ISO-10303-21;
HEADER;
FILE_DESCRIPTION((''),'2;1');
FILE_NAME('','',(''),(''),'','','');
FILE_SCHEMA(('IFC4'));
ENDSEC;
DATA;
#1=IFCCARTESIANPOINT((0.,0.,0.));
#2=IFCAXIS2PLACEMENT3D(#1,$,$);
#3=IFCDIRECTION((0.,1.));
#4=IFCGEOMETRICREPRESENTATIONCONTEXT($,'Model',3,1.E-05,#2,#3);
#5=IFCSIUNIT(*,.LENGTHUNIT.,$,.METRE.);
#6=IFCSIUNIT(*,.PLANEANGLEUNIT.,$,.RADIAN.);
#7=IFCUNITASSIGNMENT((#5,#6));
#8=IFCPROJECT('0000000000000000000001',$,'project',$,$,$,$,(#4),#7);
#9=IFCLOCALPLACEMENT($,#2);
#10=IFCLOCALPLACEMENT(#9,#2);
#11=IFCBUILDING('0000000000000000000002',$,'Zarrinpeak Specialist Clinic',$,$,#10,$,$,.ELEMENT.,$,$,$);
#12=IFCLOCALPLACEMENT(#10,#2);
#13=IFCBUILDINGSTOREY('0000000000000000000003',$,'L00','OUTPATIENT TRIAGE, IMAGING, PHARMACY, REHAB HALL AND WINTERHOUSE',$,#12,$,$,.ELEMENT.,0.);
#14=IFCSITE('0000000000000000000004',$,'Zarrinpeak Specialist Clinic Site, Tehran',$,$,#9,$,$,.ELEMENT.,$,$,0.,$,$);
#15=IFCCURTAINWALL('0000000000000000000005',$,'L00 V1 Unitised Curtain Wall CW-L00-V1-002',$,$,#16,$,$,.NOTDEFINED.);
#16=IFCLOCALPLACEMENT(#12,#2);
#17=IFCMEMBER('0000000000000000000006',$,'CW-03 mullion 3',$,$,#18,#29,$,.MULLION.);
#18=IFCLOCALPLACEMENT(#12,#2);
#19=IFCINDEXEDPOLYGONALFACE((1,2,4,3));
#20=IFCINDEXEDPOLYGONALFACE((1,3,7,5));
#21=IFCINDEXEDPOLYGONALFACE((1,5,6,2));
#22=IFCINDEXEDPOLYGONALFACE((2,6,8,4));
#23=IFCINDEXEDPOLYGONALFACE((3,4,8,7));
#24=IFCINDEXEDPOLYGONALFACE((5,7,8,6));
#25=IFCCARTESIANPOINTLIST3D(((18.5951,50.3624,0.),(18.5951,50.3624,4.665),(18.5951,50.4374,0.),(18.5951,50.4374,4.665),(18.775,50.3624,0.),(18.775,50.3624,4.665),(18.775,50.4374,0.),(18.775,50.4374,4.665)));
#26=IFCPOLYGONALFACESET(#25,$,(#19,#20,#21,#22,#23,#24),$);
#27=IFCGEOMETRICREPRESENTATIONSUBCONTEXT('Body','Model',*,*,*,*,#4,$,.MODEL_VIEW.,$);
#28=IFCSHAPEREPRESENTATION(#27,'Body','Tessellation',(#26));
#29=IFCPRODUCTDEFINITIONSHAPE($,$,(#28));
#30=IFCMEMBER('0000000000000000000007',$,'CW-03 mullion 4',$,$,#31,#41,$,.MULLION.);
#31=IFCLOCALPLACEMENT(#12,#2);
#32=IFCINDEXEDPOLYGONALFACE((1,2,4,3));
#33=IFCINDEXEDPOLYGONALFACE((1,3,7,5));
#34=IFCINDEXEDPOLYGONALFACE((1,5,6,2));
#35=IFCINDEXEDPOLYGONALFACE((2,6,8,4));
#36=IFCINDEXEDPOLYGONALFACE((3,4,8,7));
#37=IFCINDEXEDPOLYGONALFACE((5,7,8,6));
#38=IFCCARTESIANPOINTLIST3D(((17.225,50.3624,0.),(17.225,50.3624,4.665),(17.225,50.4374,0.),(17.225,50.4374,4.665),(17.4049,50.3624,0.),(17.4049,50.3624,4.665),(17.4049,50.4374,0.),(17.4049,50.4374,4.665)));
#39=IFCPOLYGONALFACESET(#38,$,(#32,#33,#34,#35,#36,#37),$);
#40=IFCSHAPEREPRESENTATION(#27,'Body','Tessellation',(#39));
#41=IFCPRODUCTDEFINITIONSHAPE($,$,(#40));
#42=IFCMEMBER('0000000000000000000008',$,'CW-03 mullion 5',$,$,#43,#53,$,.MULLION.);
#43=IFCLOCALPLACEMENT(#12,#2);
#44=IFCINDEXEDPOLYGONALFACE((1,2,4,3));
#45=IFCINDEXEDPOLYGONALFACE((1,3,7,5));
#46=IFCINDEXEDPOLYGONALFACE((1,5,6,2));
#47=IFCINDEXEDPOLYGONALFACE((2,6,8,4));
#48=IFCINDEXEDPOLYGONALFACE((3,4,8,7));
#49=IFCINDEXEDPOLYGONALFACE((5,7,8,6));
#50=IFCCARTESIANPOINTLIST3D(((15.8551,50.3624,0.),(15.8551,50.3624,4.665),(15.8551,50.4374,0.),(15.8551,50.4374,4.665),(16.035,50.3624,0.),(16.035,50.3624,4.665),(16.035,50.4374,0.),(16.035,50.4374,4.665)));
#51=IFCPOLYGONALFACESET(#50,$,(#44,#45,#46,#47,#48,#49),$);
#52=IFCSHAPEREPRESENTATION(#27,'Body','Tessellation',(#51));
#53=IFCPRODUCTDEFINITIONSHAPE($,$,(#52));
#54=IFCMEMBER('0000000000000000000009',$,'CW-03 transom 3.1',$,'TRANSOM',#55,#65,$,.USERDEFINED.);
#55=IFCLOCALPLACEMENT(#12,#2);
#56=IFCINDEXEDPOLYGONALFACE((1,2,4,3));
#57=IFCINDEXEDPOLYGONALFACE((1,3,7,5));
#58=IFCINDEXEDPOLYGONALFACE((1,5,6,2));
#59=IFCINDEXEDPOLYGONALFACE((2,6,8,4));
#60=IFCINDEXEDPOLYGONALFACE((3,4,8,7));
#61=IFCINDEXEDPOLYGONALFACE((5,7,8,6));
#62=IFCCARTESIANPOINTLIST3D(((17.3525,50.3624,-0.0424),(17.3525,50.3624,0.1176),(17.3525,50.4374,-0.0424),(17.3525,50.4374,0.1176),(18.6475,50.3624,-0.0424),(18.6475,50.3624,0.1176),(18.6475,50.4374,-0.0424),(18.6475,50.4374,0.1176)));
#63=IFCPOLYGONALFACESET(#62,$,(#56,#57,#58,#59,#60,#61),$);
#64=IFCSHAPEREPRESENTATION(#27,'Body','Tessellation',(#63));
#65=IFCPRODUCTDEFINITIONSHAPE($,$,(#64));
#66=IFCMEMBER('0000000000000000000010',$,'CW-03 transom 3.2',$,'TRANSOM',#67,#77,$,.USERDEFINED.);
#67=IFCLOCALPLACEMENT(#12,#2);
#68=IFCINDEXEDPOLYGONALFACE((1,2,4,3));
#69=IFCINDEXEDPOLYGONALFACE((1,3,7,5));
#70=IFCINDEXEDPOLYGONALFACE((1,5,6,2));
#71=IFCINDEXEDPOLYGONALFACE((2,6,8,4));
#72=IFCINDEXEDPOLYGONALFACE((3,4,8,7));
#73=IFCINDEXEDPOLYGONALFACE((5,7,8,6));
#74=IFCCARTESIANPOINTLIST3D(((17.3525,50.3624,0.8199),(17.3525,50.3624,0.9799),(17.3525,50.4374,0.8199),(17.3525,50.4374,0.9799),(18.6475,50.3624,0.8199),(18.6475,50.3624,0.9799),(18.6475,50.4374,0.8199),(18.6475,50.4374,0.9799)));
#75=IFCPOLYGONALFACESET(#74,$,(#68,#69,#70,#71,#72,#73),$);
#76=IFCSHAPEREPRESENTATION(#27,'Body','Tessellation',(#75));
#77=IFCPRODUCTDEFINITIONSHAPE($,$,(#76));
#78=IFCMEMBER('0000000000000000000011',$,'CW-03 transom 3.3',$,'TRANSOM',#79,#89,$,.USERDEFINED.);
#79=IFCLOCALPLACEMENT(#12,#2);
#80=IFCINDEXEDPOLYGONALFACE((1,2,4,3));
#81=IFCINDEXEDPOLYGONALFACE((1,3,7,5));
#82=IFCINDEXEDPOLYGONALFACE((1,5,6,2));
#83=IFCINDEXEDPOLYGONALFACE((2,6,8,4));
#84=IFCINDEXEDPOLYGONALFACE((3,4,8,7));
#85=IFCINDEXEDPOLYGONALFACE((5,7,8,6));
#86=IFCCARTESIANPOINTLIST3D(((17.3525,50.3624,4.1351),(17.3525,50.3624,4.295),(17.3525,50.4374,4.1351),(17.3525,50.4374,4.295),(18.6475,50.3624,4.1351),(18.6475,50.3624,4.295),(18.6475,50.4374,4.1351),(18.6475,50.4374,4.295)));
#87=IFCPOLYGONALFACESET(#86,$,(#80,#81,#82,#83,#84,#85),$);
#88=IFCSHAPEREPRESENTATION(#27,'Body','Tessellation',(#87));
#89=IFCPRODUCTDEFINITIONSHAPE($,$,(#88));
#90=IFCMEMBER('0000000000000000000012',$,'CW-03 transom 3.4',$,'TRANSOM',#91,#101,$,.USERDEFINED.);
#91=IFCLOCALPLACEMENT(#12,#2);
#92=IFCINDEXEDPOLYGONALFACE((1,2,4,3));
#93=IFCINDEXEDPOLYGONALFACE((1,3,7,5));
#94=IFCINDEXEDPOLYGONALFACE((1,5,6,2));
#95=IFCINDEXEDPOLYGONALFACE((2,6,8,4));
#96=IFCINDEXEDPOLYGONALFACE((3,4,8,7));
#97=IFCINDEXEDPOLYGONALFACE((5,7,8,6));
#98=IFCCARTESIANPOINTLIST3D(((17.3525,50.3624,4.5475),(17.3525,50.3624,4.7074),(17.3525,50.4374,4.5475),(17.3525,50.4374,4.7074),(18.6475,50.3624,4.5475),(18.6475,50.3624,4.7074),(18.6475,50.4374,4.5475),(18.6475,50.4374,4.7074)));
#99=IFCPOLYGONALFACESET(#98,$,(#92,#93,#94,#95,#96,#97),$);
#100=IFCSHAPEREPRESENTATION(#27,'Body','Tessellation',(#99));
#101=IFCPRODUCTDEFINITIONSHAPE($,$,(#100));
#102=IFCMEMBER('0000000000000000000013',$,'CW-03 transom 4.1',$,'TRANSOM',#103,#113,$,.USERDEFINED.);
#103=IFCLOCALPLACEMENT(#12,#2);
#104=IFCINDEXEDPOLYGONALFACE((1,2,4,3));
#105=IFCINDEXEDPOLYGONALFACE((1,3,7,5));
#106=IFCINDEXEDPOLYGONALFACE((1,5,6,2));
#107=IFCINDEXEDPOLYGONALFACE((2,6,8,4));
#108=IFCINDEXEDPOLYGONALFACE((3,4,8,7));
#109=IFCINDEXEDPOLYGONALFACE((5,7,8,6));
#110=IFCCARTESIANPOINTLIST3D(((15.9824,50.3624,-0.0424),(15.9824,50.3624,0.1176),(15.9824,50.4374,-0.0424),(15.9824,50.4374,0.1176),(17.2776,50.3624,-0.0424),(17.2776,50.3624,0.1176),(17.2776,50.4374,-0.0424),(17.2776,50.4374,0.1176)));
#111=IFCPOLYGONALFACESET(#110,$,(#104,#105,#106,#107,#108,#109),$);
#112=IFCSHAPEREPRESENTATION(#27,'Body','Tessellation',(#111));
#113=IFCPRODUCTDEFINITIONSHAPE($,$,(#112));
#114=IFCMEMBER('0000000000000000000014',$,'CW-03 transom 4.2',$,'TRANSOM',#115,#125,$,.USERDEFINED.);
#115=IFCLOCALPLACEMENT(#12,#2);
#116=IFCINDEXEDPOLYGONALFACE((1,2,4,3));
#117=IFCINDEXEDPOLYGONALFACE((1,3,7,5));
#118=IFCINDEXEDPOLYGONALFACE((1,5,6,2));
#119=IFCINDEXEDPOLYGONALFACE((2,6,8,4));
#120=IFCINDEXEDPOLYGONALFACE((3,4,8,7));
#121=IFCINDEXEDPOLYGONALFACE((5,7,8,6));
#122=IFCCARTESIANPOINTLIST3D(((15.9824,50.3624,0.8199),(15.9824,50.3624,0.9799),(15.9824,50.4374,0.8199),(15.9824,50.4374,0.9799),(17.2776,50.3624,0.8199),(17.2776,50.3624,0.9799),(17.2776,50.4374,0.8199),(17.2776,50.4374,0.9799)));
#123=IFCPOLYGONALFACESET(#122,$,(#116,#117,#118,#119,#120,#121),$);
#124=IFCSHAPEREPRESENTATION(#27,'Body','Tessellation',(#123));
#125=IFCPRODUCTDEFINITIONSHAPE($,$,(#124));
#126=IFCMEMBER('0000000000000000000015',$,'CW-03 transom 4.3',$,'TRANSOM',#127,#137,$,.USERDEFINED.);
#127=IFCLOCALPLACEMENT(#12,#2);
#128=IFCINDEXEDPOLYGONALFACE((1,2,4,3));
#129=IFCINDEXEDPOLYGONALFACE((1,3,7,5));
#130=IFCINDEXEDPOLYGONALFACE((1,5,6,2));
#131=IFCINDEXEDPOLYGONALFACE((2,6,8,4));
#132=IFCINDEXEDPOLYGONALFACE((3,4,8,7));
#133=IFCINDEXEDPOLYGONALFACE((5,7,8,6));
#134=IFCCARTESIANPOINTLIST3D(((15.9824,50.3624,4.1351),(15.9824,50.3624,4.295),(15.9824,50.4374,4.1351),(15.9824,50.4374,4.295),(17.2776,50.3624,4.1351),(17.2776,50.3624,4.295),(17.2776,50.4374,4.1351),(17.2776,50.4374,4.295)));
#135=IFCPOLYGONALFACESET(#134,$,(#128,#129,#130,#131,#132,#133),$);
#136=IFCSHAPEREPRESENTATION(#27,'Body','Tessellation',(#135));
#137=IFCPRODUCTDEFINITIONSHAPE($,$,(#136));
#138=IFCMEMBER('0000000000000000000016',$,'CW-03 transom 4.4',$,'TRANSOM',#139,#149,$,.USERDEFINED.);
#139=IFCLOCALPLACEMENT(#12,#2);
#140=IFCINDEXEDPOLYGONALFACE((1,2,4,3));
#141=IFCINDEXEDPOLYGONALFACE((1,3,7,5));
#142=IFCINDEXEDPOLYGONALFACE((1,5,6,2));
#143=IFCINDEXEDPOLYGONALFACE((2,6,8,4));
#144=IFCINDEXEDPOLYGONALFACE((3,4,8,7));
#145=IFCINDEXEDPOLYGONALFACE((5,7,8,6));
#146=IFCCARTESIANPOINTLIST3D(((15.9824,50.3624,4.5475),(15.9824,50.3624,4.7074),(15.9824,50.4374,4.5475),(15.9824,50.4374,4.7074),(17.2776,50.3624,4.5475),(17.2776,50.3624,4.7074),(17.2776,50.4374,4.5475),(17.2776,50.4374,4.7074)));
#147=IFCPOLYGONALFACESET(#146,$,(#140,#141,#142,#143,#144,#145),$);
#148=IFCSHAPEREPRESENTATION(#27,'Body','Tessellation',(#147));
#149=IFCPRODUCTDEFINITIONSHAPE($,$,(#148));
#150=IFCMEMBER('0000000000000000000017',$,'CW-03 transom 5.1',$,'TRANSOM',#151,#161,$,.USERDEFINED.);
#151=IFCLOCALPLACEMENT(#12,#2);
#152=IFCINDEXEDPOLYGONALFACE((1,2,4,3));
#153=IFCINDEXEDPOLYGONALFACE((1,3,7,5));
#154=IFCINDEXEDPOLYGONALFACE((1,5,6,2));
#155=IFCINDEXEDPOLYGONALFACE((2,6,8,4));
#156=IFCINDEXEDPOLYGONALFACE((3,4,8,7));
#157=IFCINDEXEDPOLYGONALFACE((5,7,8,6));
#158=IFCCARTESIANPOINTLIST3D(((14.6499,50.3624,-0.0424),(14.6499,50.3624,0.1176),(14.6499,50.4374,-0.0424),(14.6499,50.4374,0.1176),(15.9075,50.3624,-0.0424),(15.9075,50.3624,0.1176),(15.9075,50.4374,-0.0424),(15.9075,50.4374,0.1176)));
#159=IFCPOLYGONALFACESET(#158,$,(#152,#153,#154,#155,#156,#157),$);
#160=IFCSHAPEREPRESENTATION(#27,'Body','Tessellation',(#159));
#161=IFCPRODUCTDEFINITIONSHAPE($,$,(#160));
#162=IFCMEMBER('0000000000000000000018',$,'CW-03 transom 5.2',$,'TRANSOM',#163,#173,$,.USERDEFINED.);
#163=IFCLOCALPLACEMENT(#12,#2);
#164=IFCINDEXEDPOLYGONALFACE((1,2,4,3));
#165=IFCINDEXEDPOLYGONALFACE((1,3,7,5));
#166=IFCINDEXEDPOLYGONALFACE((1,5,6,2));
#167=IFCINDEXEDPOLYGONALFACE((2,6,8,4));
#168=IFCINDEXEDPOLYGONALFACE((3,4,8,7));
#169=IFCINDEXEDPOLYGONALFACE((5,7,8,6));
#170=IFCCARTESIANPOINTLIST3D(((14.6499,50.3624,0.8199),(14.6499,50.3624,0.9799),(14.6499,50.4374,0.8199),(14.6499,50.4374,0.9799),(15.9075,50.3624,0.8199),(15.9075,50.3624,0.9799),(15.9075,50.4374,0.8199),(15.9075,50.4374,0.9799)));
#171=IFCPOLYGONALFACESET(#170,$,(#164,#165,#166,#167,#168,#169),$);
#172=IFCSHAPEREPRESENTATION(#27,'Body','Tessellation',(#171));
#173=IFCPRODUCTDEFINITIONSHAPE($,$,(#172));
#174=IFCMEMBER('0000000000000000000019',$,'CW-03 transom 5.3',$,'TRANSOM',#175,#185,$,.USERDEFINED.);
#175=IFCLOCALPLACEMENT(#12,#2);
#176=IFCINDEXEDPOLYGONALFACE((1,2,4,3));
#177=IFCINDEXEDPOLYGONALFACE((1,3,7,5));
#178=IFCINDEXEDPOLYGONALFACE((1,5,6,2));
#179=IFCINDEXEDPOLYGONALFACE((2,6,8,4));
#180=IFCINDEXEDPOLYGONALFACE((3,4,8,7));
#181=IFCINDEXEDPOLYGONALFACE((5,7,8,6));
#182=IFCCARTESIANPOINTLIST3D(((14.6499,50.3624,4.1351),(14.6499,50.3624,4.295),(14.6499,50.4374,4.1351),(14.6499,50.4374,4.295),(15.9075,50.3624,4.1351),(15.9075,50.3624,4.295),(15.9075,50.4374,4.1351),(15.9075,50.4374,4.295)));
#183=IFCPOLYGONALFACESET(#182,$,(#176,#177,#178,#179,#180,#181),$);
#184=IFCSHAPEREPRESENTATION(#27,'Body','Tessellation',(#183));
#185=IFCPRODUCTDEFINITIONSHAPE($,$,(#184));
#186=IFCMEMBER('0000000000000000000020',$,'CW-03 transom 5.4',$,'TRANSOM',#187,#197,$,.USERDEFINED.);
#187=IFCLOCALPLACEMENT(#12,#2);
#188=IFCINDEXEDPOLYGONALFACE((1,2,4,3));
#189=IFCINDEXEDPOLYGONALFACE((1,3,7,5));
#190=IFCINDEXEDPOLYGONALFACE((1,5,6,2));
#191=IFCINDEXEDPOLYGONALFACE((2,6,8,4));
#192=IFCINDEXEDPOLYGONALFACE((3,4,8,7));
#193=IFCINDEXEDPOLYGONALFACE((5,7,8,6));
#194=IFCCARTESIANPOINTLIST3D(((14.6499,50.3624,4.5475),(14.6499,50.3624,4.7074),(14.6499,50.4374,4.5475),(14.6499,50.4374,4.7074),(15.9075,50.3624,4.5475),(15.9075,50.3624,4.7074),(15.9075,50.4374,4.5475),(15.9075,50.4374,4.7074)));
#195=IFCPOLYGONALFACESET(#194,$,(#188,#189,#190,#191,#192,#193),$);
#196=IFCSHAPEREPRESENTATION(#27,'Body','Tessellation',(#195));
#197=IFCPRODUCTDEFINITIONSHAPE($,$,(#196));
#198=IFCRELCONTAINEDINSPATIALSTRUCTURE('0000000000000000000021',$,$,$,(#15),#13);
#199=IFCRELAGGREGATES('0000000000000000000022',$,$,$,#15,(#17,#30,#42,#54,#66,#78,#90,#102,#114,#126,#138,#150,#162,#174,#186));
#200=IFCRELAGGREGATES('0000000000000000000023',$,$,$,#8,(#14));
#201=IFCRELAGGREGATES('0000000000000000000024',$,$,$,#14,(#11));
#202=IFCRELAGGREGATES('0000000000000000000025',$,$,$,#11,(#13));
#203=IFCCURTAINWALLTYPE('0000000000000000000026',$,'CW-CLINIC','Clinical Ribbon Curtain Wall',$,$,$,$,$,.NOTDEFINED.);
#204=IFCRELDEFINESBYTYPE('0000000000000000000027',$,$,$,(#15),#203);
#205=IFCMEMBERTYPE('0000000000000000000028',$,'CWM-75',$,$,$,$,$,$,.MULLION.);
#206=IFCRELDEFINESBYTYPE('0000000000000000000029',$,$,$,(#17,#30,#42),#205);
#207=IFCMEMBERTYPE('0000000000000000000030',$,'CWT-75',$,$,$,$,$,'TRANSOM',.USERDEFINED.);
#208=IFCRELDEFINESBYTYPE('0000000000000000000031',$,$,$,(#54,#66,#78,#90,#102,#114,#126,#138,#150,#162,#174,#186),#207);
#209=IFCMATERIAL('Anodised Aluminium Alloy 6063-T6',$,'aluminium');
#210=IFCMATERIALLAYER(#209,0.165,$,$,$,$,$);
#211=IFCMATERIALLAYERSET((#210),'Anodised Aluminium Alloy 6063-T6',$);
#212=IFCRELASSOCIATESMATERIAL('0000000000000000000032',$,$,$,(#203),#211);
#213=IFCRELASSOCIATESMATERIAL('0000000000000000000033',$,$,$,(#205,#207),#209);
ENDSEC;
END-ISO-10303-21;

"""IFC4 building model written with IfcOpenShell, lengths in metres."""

from ifc_helpers import new_model, si_unit, direction, frame, origin, origin_2d, place, context, subcontext, project, spatial, rectangle, extrude, material, layer, layer_set, material_profile, profile_set, type_object, element, aggregate, save


model = new_model("IFC4")

# Units and contexts
model_context = context("Model", 3, precision=1e-05, world=origin(), true_north=direction((0.0, 1.0)))
body_context = subcontext(model_context, "Body", "Model", "MODEL_VIEW")
ifc_project = project(units=[si_unit("LENGTHUNIT", "METRE"), si_unit("PLANEANGLEUNIT", "RADIAN")], contexts=[model_context])

# Site, building, storey
site_placement = place(None, origin())
site = spatial("IfcSite", under=ifc_project, at=site_placement, Name="Zarrinpeak Specialist Clinic Site, Tehran", CompositionType="ELEMENT", RefElevation=0.0)
building_placement = place(site_placement, origin())
building = spatial("IfcBuilding", under=site, at=building_placement, Name="Zarrinpeak Specialist Clinic", CompositionType="ELEMENT")
storey_placement = place(building_placement, origin())
storey = spatial("IfcBuildingStorey", under=building, at=storey_placement, Name="L00", Description="OUTPATIENT TRIAGE, IMAGING, PHARMACY, REHAB HALL AND WINTERHOUSE", CompositionType="ELEMENT", Elevation=0.0)

# Curtain wall, members
ifc_material_1 = material(Name="Anodised Aluminium Alloy 6063-T6", Category="aluminium")
ifc_layer_1 = layer(ifc_material_1, 0.165)
ifc_layer_set_1 = layer_set([ifc_layer_1], Name="Anodised Aluminium Alloy 6063-T6")
curtain_wall_type = type_object("IfcCurtainWallType", Name="CW-CLINIC", Description="Clinical Ribbon Curtain Wall", PredefinedType="NOTDEFINED", material=ifc_layer_set_1)
curtain_wall_placement = place(storey_placement, origin())
curtain_wall = element("IfcCurtainWall", 1, at=curtain_wall_placement, inside=storey, type_object=curtain_wall_type, Name="L00 V1 Unitised Curtain Wall CW-L00-V1-002", PredefinedType="NOTDEFINED")
ifc_material_profile_1 = material_profile(ifc_material_1, rectangle(XDim=0.075, YDim=0.1799, at=origin_2d()), Name="ALU 75x180")
ifc_profile_set_1 = profile_set([ifc_material_profile_1], Name="Anodised Aluminium Alloy 6063-T6")
member_type_1 = type_object("IfcMemberType", Name="CWM-75", PredefinedType="MULLION", material=ifc_profile_set_1)
member_1_placement = place(storey_placement, frame((18.6851, 50.3999, 0.0), z_axis=(0.0, 0.0, 1.0), x_axis=(0.0, -1.0, 0.0)))
member_1 = element("IfcMember", 2, at=member_1_placement, type_object=member_type_1, Name="CW-03 mullion 3", PredefinedType="MULLION", context=body_context, shape_type="SweptSolid", body=[
    extrude(rectangle(XDim=0.075, YDim=0.1799, at=origin_2d()), origin(), (0.0, 0.0, 1.0), 4.665),
])
member_2_placement = place(storey_placement, frame((17.3149, 50.3999, 0.0), z_axis=(0.0, 0.0, 1.0), x_axis=(0.0, -1.0, 0.0)))
member_2 = element("IfcMember", 3, at=member_2_placement, type_object=member_type_1, Name="CW-03 mullion 4", PredefinedType="MULLION", context=body_context, shape_type="SweptSolid", body=[
    extrude(rectangle(XDim=0.075, YDim=0.1799, at=origin_2d()), origin(), (0.0, 0.0, 1.0), 4.665),
])
member_3_placement = place(storey_placement, frame((15.9451, 50.3999, 0.0), z_axis=(0.0, 0.0, 1.0), x_axis=(0.0, -1.0, 0.0)))
member_3 = element("IfcMember", 4, at=member_3_placement, type_object=member_type_1, Name="CW-03 mullion 5", PredefinedType="MULLION", context=body_context, shape_type="SweptSolid", body=[
    extrude(rectangle(XDim=0.075, YDim=0.1799, at=origin_2d()), origin(), (0.0, 0.0, 1.0), 4.665),
])
ifc_material_profile_2 = material_profile(ifc_material_1, rectangle(XDim=0.075, YDim=0.1599, at=origin_2d()), Name="ALU 75x160")
ifc_profile_set_2 = profile_set([ifc_material_profile_2], Name="Anodised Aluminium Alloy 6063-T6")
member_type_2 = type_object("IfcMemberType", Name="CWT-75", ElementType="TRANSOM", PredefinedType="USERDEFINED", material=ifc_profile_set_2)
member_4_placement = place(storey_placement, frame((18.6475, 50.3999, 0.0376), z_axis=(-1.0, 0.0, 0.0), x_axis=(0.0, -1.0, 0.0)))
member_4 = element("IfcMember", 5, at=member_4_placement, type_object=member_type_2, Name="CW-03 transom 3.1", ObjectType="TRANSOM", PredefinedType="USERDEFINED", context=body_context, shape_type="SweptSolid", body=[
    extrude(rectangle(XDim=0.075, YDim=0.1599, at=origin_2d()), origin(), (0.0, 0.0, 1.0), 1.2949),
])
member_5_placement = place(storey_placement, frame((18.6475, 50.3999, 0.8999), z_axis=(-1.0, 0.0, 0.0), x_axis=(0.0, -1.0, 0.0)))
member_5 = element("IfcMember", 6, at=member_5_placement, type_object=member_type_2, Name="CW-03 transom 3.2", ObjectType="TRANSOM", PredefinedType="USERDEFINED", context=body_context, shape_type="SweptSolid", body=[
    extrude(rectangle(XDim=0.075, YDim=0.1599, at=origin_2d()), origin(), (0.0, 0.0, 1.0), 1.2949),
])
member_6_placement = place(storey_placement, frame((18.6475, 50.3999, 4.2151), z_axis=(-1.0, 0.0, 0.0), x_axis=(0.0, -1.0, 0.0)))
member_6 = element("IfcMember", 7, at=member_6_placement, type_object=member_type_2, Name="CW-03 transom 3.3", ObjectType="TRANSOM", PredefinedType="USERDEFINED", context=body_context, shape_type="SweptSolid", body=[
    extrude(rectangle(XDim=0.075, YDim=0.1599, at=origin_2d()), origin(), (0.0, 0.0, 1.0), 1.2949),
])
member_7_placement = place(storey_placement, frame((18.6475, 50.3999, 4.6274), z_axis=(-1.0, 0.0, 0.0), x_axis=(0.0, -1.0, 0.0)))
member_7 = element("IfcMember", 8, at=member_7_placement, type_object=member_type_2, Name="CW-03 transom 3.4", ObjectType="TRANSOM", PredefinedType="USERDEFINED", context=body_context, shape_type="SweptSolid", body=[
    extrude(rectangle(XDim=0.075, YDim=0.1599, at=origin_2d()), origin(), (0.0, 0.0, 1.0), 1.2949),
])
member_8_placement = place(storey_placement, frame((17.2776, 50.3999, 0.0376), z_axis=(-1.0, 0.0, 0.0), x_axis=(0.0, -1.0, 0.0)))
member_8 = element("IfcMember", 9, at=member_8_placement, type_object=member_type_2, Name="CW-03 transom 4.1", ObjectType="TRANSOM", PredefinedType="USERDEFINED", context=body_context, shape_type="SweptSolid", body=[
    extrude(rectangle(XDim=0.075, YDim=0.1599, at=origin_2d()), origin(), (0.0, 0.0, 1.0), 1.2952),
])
member_9_placement = place(storey_placement, frame((17.2776, 50.3999, 0.8999), z_axis=(-1.0, 0.0, 0.0), x_axis=(0.0, -1.0, 0.0)))
member_9 = element("IfcMember", 10, at=member_9_placement, type_object=member_type_2, Name="CW-03 transom 4.2", ObjectType="TRANSOM", PredefinedType="USERDEFINED", context=body_context, shape_type="SweptSolid", body=[
    extrude(rectangle(XDim=0.075, YDim=0.1599, at=origin_2d()), origin(), (0.0, 0.0, 1.0), 1.2952),
])
member_10_placement = place(storey_placement, frame((17.2776, 50.3999, 4.2151), z_axis=(-1.0, 0.0, 0.0), x_axis=(0.0, -1.0, 0.0)))
member_10 = element("IfcMember", 11, at=member_10_placement, type_object=member_type_2, Name="CW-03 transom 4.3", ObjectType="TRANSOM", PredefinedType="USERDEFINED", context=body_context, shape_type="SweptSolid", body=[
    extrude(rectangle(XDim=0.075, YDim=0.1599, at=origin_2d()), origin(), (0.0, 0.0, 1.0), 1.2952),
])
member_11_placement = place(storey_placement, frame((17.2776, 50.3999, 4.6274), z_axis=(-1.0, 0.0, 0.0), x_axis=(0.0, -1.0, 0.0)))
member_11 = element("IfcMember", 12, at=member_11_placement, type_object=member_type_2, Name="CW-03 transom 4.4", ObjectType="TRANSOM", PredefinedType="USERDEFINED", context=body_context, shape_type="SweptSolid", body=[
    extrude(rectangle(XDim=0.075, YDim=0.1599, at=origin_2d()), origin(), (0.0, 0.0, 1.0), 1.2952),
])
member_12_placement = place(storey_placement, frame((15.9075, 50.3999, 0.0376), z_axis=(-1.0, 0.0, 0.0), x_axis=(0.0, -1.0, 0.0)))
member_12 = element("IfcMember", 13, at=member_12_placement, type_object=member_type_2, Name="CW-03 transom 5.1", ObjectType="TRANSOM", PredefinedType="USERDEFINED", context=body_context, shape_type="SweptSolid", body=[
    extrude(rectangle(XDim=0.075, YDim=0.1599, at=origin_2d()), origin(), (0.0, 0.0, 1.0), 1.2576),
])
member_13_placement = place(storey_placement, frame((15.9075, 50.3999, 0.8999), z_axis=(-1.0, 0.0, 0.0), x_axis=(0.0, -1.0, 0.0)))
member_13 = element("IfcMember", 14, at=member_13_placement, type_object=member_type_2, Name="CW-03 transom 5.2", ObjectType="TRANSOM", PredefinedType="USERDEFINED", context=body_context, shape_type="SweptSolid", body=[
    extrude(rectangle(XDim=0.075, YDim=0.1599, at=origin_2d()), origin(), (0.0, 0.0, 1.0), 1.2576),
])
member_14_placement = place(storey_placement, frame((15.9075, 50.3999, 4.2151), z_axis=(-1.0, 0.0, 0.0), x_axis=(0.0, -1.0, 0.0)))
member_14 = element("IfcMember", 15, at=member_14_placement, type_object=member_type_2, Name="CW-03 transom 5.3", ObjectType="TRANSOM", PredefinedType="USERDEFINED", context=body_context, shape_type="SweptSolid", body=[
    extrude(rectangle(XDim=0.075, YDim=0.1599, at=origin_2d()), origin(), (0.0, 0.0, 1.0), 1.2576),
])
member_15_placement = place(storey_placement, frame((15.9075, 50.3999, 4.6274), z_axis=(-1.0, 0.0, 0.0), x_axis=(0.0, -1.0, 0.0)))
member_15 = element("IfcMember", 16, at=member_15_placement, type_object=member_type_2, Name="CW-03 transom 5.4", ObjectType="TRANSOM", PredefinedType="USERDEFINED", context=body_context, shape_type="SweptSolid", body=[
    extrude(rectangle(XDim=0.075, YDim=0.1599, at=origin_2d()), origin(), (0.0, 0.0, 1.0), 1.2576),
])
aggregate(curtain_wall, [member_1, member_2, member_3, member_4, member_5, member_6, member_7, member_8, member_9, member_10, member_11, member_12, member_13, member_14, member_15])

save(model, "model.ifc")
